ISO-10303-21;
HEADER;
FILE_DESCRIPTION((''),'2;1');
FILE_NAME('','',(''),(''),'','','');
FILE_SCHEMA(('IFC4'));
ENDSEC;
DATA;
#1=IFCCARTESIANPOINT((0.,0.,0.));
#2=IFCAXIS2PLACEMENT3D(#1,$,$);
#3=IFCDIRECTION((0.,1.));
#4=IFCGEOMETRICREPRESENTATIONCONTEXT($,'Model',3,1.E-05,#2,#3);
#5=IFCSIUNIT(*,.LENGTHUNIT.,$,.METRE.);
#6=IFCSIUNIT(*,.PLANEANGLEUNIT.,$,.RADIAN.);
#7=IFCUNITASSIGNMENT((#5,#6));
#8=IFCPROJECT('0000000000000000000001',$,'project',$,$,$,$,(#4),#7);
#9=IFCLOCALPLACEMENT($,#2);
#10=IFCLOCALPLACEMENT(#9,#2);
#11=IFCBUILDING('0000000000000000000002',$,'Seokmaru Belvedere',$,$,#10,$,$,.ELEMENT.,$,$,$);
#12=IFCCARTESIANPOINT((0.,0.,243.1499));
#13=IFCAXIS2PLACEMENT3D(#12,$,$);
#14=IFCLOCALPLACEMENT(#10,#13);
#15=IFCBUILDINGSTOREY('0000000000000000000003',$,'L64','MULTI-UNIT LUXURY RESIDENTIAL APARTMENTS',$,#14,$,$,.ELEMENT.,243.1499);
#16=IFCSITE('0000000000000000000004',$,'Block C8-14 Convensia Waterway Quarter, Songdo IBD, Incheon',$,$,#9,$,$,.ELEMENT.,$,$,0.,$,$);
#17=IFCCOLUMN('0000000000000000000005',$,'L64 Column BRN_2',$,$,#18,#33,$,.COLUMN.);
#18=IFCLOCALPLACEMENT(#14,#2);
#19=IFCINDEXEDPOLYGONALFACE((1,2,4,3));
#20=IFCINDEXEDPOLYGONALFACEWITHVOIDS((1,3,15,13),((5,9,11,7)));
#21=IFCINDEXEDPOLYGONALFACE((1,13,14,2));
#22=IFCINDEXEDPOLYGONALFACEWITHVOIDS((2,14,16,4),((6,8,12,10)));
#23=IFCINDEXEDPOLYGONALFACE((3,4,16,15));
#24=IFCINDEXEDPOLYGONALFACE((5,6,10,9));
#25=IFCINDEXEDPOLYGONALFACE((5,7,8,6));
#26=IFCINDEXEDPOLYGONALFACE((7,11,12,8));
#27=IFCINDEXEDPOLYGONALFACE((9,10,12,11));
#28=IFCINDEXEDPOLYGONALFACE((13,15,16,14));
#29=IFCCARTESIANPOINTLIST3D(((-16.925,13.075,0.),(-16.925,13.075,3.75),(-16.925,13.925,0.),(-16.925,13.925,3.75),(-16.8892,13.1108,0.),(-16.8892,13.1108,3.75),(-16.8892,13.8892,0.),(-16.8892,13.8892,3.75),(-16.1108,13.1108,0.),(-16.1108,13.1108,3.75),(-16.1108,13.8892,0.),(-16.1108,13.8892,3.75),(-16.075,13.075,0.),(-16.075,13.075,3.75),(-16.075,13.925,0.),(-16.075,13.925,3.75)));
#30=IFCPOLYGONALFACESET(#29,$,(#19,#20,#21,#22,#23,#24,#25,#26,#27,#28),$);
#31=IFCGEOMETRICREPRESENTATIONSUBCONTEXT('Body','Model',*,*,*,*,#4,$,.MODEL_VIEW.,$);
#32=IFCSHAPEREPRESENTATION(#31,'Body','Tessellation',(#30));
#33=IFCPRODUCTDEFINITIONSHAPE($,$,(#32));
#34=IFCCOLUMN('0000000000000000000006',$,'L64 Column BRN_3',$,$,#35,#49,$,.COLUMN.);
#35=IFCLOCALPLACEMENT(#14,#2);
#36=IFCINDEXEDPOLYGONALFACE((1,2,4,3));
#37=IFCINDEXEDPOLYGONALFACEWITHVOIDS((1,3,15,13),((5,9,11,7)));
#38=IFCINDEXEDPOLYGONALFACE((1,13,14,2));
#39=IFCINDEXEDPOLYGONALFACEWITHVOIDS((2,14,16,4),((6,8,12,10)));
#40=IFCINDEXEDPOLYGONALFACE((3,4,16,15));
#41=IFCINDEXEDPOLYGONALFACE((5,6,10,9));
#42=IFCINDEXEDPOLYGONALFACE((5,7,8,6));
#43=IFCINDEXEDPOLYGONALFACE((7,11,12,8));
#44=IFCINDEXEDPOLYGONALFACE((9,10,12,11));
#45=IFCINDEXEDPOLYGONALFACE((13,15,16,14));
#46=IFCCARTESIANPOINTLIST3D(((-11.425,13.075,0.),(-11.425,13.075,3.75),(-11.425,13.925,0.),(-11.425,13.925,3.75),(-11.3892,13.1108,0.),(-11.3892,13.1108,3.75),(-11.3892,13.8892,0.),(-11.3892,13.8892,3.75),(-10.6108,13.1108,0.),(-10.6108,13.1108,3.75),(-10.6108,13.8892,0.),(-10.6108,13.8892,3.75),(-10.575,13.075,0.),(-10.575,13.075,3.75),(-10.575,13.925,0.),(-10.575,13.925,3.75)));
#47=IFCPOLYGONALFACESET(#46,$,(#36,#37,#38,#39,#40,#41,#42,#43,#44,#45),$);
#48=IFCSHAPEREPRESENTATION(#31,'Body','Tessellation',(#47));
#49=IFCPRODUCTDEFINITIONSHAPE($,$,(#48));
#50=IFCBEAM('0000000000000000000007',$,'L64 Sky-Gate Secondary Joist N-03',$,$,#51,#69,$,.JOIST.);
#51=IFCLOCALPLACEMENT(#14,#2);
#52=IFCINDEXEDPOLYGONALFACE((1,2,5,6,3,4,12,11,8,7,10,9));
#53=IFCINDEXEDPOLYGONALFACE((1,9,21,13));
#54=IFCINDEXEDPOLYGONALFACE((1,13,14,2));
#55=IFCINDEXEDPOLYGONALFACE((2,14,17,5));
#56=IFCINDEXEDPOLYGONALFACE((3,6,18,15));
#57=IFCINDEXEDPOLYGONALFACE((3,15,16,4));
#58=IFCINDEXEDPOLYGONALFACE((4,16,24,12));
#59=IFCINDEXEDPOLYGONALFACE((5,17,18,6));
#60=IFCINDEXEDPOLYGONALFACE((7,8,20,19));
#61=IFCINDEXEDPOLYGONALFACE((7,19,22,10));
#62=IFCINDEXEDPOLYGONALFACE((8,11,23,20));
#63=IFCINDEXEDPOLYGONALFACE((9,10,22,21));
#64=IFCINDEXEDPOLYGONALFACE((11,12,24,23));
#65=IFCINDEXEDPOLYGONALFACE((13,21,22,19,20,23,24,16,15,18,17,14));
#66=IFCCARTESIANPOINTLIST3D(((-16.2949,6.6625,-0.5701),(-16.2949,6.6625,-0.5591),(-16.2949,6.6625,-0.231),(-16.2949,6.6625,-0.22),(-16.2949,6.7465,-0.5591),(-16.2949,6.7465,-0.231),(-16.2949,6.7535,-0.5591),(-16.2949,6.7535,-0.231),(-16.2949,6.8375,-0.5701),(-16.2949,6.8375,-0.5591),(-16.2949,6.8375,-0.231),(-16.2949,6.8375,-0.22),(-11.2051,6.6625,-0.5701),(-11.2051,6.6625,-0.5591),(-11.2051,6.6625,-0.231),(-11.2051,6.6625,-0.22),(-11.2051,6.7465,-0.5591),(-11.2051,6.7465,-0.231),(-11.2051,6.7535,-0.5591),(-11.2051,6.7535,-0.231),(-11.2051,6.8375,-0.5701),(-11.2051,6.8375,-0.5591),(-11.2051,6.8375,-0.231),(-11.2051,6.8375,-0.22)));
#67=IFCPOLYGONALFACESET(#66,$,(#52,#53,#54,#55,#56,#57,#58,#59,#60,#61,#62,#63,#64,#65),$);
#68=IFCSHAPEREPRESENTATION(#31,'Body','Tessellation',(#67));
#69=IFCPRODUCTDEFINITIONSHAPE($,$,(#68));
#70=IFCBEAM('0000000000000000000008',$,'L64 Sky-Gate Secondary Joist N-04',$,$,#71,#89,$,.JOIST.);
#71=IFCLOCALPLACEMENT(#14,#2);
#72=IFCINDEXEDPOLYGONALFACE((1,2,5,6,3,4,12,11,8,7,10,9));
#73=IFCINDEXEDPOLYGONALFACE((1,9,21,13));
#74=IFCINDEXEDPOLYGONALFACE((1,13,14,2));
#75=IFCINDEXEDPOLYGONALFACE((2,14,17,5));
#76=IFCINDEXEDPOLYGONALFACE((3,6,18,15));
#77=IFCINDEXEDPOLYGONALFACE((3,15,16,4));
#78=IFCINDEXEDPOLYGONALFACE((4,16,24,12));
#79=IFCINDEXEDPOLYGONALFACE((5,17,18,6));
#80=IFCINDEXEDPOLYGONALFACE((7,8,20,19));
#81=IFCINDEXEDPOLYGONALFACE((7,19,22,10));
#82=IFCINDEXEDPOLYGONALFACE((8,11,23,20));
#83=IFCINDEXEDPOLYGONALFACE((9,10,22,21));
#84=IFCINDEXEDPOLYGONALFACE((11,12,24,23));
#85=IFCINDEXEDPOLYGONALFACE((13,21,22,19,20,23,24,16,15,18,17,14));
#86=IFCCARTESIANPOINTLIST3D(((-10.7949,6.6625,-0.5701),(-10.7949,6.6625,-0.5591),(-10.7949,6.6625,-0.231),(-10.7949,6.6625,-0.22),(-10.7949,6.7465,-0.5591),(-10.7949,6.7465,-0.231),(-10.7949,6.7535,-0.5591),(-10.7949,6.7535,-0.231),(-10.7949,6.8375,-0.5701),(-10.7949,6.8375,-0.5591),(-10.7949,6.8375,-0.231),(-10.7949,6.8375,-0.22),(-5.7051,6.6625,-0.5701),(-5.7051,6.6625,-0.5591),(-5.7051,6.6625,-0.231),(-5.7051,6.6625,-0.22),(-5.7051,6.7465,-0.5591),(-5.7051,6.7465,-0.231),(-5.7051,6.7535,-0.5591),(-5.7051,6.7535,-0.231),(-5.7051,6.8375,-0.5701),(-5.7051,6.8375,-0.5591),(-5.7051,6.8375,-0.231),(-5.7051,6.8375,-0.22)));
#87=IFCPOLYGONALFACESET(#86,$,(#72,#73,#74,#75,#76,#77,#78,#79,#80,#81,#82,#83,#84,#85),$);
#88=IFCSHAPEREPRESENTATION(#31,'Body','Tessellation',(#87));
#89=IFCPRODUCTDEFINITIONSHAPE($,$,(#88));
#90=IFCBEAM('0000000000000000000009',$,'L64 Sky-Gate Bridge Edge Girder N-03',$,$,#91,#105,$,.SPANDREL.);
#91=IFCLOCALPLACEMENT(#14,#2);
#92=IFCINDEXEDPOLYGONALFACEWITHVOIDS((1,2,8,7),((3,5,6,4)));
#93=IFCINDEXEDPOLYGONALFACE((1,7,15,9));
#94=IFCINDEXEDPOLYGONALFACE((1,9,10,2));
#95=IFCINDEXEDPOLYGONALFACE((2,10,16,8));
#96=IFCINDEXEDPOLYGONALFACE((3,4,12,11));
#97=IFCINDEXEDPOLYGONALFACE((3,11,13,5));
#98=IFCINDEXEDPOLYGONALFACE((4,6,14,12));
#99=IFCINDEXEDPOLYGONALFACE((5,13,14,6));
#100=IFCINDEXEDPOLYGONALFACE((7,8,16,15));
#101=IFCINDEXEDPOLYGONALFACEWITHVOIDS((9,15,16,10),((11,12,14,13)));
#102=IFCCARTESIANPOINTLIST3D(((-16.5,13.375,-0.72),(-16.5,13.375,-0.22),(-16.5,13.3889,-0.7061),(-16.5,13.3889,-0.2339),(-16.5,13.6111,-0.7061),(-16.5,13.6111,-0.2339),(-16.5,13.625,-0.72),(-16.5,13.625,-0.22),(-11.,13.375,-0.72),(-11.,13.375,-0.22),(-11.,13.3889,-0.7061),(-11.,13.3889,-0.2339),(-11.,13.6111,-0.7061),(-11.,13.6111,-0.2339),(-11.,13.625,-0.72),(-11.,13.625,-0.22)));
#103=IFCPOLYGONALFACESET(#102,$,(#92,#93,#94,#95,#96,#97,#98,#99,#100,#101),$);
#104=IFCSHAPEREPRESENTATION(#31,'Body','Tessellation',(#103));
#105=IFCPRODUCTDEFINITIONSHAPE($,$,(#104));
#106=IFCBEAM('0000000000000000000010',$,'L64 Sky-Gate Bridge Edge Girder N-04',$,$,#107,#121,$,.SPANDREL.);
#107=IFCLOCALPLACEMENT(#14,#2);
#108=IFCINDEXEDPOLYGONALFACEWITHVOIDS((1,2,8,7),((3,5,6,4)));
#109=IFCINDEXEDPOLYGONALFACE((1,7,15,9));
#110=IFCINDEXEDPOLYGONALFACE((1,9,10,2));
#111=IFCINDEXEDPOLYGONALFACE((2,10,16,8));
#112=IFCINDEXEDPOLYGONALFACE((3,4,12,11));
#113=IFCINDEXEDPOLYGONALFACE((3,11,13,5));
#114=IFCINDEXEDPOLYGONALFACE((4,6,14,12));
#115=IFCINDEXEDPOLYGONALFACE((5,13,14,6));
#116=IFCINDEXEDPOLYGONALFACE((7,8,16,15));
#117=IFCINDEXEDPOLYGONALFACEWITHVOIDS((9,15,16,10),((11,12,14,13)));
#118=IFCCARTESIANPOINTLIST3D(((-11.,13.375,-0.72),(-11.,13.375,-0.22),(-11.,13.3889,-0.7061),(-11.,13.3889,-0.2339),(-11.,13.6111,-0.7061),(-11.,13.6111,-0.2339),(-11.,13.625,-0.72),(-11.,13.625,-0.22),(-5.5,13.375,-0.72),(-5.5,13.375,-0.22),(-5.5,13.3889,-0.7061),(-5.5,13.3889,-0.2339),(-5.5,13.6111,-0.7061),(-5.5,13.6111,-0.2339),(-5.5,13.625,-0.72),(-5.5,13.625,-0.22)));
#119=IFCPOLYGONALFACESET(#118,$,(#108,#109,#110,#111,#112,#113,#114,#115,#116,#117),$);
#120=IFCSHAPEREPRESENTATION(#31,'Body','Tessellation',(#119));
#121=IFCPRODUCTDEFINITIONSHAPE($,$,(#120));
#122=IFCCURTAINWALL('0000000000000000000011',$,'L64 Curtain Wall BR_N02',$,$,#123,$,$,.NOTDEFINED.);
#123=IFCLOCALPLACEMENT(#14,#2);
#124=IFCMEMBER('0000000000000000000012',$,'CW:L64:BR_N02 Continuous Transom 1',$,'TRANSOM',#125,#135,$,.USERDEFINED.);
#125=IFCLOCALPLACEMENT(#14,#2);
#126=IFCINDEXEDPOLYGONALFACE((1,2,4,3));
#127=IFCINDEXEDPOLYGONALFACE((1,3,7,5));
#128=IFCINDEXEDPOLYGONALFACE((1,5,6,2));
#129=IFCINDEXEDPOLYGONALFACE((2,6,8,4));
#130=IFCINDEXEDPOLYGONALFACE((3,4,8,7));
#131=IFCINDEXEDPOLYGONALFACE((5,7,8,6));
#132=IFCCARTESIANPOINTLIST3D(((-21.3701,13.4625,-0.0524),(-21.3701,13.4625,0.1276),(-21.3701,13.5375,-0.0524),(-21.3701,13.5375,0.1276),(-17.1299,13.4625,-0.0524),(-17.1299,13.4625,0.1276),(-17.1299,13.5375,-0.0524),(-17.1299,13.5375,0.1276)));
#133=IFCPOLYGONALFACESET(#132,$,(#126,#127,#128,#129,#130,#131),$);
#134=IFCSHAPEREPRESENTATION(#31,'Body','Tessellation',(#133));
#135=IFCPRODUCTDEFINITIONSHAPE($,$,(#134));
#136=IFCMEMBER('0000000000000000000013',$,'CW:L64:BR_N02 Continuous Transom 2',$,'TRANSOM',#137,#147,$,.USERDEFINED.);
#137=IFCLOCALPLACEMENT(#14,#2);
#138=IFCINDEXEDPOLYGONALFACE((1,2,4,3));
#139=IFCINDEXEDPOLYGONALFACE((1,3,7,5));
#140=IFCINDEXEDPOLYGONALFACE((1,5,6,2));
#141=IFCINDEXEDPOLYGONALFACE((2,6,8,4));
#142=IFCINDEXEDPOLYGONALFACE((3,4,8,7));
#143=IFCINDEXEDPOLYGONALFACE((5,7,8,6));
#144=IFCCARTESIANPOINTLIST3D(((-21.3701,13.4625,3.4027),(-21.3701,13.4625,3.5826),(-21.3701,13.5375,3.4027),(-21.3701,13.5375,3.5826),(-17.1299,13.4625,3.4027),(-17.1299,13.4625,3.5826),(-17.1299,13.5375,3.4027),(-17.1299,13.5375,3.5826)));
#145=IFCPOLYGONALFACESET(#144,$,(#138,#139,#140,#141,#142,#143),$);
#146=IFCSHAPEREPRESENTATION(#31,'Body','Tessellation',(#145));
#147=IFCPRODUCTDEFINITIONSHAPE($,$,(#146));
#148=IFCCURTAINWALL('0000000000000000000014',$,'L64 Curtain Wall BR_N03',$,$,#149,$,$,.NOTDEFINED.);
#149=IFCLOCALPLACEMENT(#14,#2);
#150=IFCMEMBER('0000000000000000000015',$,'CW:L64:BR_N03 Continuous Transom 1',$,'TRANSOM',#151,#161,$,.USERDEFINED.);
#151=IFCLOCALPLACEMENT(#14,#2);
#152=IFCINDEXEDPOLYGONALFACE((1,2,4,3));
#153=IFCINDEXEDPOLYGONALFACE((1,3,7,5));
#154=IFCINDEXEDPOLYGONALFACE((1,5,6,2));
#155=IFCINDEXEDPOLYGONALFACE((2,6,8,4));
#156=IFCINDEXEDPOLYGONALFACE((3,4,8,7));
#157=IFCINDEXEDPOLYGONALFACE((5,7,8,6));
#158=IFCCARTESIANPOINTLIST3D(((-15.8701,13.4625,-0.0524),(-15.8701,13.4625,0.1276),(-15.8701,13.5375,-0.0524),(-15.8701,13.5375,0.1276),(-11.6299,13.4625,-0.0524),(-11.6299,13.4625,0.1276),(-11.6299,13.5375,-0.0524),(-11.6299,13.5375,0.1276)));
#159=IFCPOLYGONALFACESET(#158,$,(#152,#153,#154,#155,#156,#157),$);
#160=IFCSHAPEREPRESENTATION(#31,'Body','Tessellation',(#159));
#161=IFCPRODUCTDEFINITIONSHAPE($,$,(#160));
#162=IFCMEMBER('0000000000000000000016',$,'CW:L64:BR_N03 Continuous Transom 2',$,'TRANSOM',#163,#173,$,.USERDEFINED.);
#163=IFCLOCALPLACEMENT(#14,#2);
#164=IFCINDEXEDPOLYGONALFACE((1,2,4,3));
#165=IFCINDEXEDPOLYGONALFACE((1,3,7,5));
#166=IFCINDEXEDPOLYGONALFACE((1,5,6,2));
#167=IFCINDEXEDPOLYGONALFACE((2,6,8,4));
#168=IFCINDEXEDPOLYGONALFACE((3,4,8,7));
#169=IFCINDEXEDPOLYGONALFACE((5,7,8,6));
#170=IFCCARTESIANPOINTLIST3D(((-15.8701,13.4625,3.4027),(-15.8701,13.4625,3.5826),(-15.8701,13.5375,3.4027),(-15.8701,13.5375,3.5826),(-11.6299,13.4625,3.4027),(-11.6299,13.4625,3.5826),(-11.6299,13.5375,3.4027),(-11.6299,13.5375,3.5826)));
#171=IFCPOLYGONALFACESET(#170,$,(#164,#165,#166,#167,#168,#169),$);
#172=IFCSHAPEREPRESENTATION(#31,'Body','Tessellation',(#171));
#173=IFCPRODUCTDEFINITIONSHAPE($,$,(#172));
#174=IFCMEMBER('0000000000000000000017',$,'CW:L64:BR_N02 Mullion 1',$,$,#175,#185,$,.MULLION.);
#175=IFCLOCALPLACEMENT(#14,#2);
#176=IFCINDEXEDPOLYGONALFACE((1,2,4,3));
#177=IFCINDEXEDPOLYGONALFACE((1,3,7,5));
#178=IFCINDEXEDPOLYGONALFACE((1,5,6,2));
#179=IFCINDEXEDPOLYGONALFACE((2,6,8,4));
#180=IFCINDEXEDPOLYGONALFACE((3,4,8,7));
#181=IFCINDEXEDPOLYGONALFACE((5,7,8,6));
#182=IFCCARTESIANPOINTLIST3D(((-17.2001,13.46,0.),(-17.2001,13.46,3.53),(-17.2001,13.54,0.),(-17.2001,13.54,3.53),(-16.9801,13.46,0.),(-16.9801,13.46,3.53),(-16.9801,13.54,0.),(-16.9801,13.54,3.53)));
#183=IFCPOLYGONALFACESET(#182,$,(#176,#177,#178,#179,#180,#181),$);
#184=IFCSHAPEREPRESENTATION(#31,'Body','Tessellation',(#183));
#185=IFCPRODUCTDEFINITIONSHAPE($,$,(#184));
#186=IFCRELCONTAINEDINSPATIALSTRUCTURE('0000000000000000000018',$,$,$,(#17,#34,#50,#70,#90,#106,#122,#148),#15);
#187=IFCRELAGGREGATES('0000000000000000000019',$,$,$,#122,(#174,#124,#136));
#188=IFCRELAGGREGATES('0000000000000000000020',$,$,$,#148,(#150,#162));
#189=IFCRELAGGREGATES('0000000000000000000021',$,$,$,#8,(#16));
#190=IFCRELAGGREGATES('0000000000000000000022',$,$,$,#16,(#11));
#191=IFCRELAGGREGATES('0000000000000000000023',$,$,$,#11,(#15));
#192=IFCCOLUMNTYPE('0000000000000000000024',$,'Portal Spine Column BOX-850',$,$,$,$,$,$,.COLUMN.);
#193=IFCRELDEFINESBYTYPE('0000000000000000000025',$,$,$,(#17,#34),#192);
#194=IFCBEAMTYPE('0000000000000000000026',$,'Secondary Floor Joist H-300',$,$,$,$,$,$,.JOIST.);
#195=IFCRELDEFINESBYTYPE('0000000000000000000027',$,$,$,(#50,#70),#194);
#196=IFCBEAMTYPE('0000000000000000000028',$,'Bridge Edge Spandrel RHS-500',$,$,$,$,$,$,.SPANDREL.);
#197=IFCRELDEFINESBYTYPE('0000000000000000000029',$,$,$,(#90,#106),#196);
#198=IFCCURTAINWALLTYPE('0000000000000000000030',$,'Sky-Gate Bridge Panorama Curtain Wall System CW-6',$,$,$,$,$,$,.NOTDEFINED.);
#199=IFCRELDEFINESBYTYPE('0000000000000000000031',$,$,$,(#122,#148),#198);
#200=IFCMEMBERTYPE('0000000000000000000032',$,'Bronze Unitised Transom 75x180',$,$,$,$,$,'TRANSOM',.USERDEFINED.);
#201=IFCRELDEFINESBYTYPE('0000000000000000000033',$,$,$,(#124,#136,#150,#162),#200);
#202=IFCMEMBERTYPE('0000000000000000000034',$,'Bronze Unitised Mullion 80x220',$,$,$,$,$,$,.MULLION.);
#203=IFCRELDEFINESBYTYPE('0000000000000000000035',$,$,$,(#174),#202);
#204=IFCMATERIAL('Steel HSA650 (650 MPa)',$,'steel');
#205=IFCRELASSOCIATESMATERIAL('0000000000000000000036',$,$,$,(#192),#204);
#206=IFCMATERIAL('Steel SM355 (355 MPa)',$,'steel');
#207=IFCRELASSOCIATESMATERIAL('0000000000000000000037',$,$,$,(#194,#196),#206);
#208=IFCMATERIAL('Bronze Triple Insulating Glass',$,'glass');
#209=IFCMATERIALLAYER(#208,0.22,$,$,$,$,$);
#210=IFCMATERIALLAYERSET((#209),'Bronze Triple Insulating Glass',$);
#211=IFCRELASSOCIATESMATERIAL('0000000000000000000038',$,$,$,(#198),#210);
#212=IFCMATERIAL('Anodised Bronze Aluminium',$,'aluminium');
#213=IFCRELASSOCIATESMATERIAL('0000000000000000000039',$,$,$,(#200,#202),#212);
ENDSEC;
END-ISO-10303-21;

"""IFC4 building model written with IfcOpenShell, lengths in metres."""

from ifc_helpers import new_model, si_unit, direction, frame, origin, origin_2d, place, context, subcontext, project, spatial, rectangle, hollow_rectangle, i_section, extrude, source, transform, mapped, material, layer, layer_set, material_profile, profile_set, type_object, type_shapes, element, aggregate, save


model = new_model("IFC4")

# Units and contexts
model_context = context("Model", 3, precision=1e-05, world=origin(), true_north=direction((0.0, 1.0)))
body_context = subcontext(model_context, "Body", "Model", "MODEL_VIEW")
ifc_project = project(units=[si_unit("LENGTHUNIT", "METRE"), si_unit("PLANEANGLEUNIT", "RADIAN")], contexts=[model_context])

# Site, building, storey
site_placement = place(None, origin())
site = spatial("IfcSite", under=ifc_project, at=site_placement, Name="Block C8-14 Convensia Waterway Quarter, Songdo IBD, Incheon", CompositionType="ELEMENT", RefElevation=0.0)
building_placement = place(site_placement, origin())
building = spatial("IfcBuilding", under=site, at=building_placement, Name="Seokmaru Belvedere", CompositionType="ELEMENT")
storey_placement = place(building_placement, frame((0.0, 0.0, 243.1499)))
storey = spatial("IfcBuildingStorey", under=building, at=storey_placement, Name="L64", Description="MULTI-UNIT LUXURY RESIDENTIAL APARTMENTS", CompositionType="ELEMENT", Elevation=243.1499)

# Columns
ifc_material_1 = material(Name="Steel HSA650 (650 MPa)", Category="steel")
ifc_material_profile_1 = material_profile(ifc_material_1, hollow_rectangle(XDim=0.8501, YDim=0.8501, WallThickness=0.0359, at=origin_2d()), Name="BOX-850x850x36")
ifc_profile_set_1 = profile_set([ifc_material_profile_1], Name="Steel HSA650 (650 MPa)")
column_type = type_object("IfcColumnType", Name="Portal Spine Column BOX-850", PredefinedType="COLUMN", material=ifc_profile_set_1)
shared_shape_1 = source(origin(), body_context, "Body", "SweptSolid", [
    extrude(hollow_rectangle(XDim=0.8501, YDim=0.8501, WallThickness=0.0359, at=origin_2d()), origin(), (0.0, 0.0, 1.0), 3.75),
])
type_shapes(column_type, [shared_shape_1])
for number, where, z_axis, x_axis, name in (
    (1, (-16.5, 13.5, 0.0), (0.0, 0.0, 1.0), (1.0, 0.0, 0.0), "L64 Column BRN_2"),
    (2, (-11.0, 13.5, 0.0), (0.0, 0.0, 1.0), (1.0, 0.0, 0.0), "L64 Column BRN_3"),
):
    element("IfcColumn", number, at=place(storey_placement, frame(where, z_axis=z_axis, x_axis=x_axis)), inside=storey, type_object=column_type, Name=name, PredefinedType="COLUMN", context=body_context, shape_type="MappedRepresentation", body=[
        mapped(shared_shape_1, transform((0.0, 0.0, 0.0), scale=1.0)),
    ])

# Beams
ifc_material_2 = material(Name="Steel SM355 (355 MPa)", Category="steel")
ifc_material_profile_2 = material_profile(ifc_material_2, i_section(OverallWidth=0.175, OverallDepth=0.3501, WebThickness=0.0071, FlangeThickness=0.011, at=origin_2d()), Name="H-350x175x7x11")
ifc_profile_set_2 = profile_set([ifc_material_profile_2], Name="Steel SM355 (355 MPa)")
beam_type_1 = type_object("IfcBeamType", Name="Secondary Floor Joist H-300", PredefinedType="JOIST", material=ifc_profile_set_2)
shared_shape_2 = source(origin(), body_context, "Body", "SweptSolid", [
    extrude(i_section(OverallWidth=0.175, OverallDepth=0.3501, WebThickness=0.0071, FlangeThickness=0.011, at=origin_2d()), origin(), (0.0, 0.0, 1.0), 5.0898),
])
type_shapes(beam_type_1, [shared_shape_2])
for number, where, z_axis, x_axis, name in (
    (3, (-16.2949, 6.75, -0.395), (1.0, 0.0, 0.0), (0.0, 1.0, 0.0), "L64 Sky-Gate Secondary Joist N-03"),
    (4, (-10.7949, 6.75, -0.395), (1.0, 0.0, 0.0), (0.0, 1.0, 0.0), "L64 Sky-Gate Secondary Joist N-04"),
):
    element("IfcBeam", number, at=place(storey_placement, frame(where, z_axis=z_axis, x_axis=x_axis)), inside=storey, type_object=beam_type_1, Name=name, PredefinedType="JOIST", context=body_context, shape_type="MappedRepresentation", body=[
        mapped(shared_shape_2, transform((0.0, 0.0, 0.0), scale=1.0)),
    ])
ifc_material_profile_3 = material_profile(ifc_material_2, hollow_rectangle(XDim=0.25, YDim=0.5, WallThickness=0.0139, at=origin_2d()), Name="RHS-500x250x14")
ifc_profile_set_3 = profile_set([ifc_material_profile_3], Name="Steel SM355 (355 MPa)")
beam_type_2 = type_object("IfcBeamType", Name="Bridge Edge Spandrel RHS-500", PredefinedType="SPANDREL", material=ifc_profile_set_3)
shared_shape_3 = source(origin(), body_context, "Body", "SweptSolid", [
    extrude(hollow_rectangle(XDim=0.25, YDim=0.5, WallThickness=0.0139, at=origin_2d()), origin(), (0.0, 0.0, 1.0), 5.5),
])
type_shapes(beam_type_2, [shared_shape_3])
for number, where, z_axis, x_axis, name in (
    (5, (-16.5, 13.5, -0.47), (1.0, 0.0, 0.0), (0.0, 1.0, 0.0), "L64 Sky-Gate Bridge Edge Girder N-03"),
    (6, (-11.0, 13.5, -0.47), (1.0, 0.0, 0.0), (0.0, 1.0, 0.0), "L64 Sky-Gate Bridge Edge Girder N-04"),
):
    element("IfcBeam", number, at=place(storey_placement, frame(where, z_axis=z_axis, x_axis=x_axis)), inside=storey, type_object=beam_type_2, Name=name, PredefinedType="SPANDREL", context=body_context, shape_type="MappedRepresentation", body=[
        mapped(shared_shape_3, transform((0.0, 0.0, 0.0), scale=1.0)),
    ])

# Curtain walls, members
ifc_material_3 = material(Name="Bronze Triple Insulating Glass", Category="glass")
ifc_layer_1 = layer(ifc_material_3, 0.22)
ifc_layer_set_1 = layer_set([ifc_layer_1], Name="Bronze Triple Insulating Glass")
curtain_wall_type = type_object("IfcCurtainWallType", Name="Sky-Gate Bridge Panorama Curtain Wall System CW-6", PredefinedType="NOTDEFINED", material=ifc_layer_set_1)
curtain_wall_1_placement = place(storey_placement, origin())
curtain_wall_1 = element("IfcCurtainWall", 7, at=curtain_wall_1_placement, inside=storey, type_object=curtain_wall_type, Name="L64 Curtain Wall BR_N02", PredefinedType="NOTDEFINED")
ifc_material_4 = material(Name="Anodised Bronze Aluminium", Category="aluminium")
ifc_material_profile_4 = material_profile(ifc_material_4, rectangle(XDim=0.075, YDim=0.1799, at=origin_2d()), Name="CW-T-75x180")
ifc_profile_set_4 = profile_set([ifc_material_profile_4], Name="Anodised Bronze Aluminium")
member_type_1 = type_object("IfcMemberType", Name="Bronze Unitised Transom 75x180", ElementType="TRANSOM", PredefinedType="USERDEFINED", material=ifc_profile_set_4)
shared_shape_4 = source(origin(), body_context, "Body", "SweptSolid", [
    extrude(rectangle(XDim=0.075, YDim=0.1799, at=origin_2d()), origin(), (0.0, 0.0, 1.0), 4.2402),
])
type_shapes(member_type_1, [shared_shape_4])
member_1_placement = place(storey_placement, frame((-17.1299, 13.5, 0.0376), z_axis=(-1.0, 0.0, 0.0), x_axis=(0.0, -1.0, 0.0)))
member_1 = element("IfcMember", 8, at=member_1_placement, type_object=member_type_1, Name="CW:L64:BR_N02 Continuous Transom 1", ObjectType="TRANSOM", PredefinedType="USERDEFINED", context=body_context, shape_type="MappedRepresentation", body=[
    mapped(shared_shape_4, transform((0.0, 0.0, 0.0), scale=1.0)),
])
member_2_placement = place(storey_placement, frame((-17.1299, 13.5, 3.4927), z_axis=(-1.0, 0.0, 0.0), x_axis=(0.0, -1.0, 0.0)))
member_2 = element("IfcMember", 9, at=member_2_placement, type_object=member_type_1, Name="CW:L64:BR_N02 Continuous Transom 2", ObjectType="TRANSOM", PredefinedType="USERDEFINED", context=body_context, shape_type="MappedRepresentation", body=[
    mapped(shared_shape_4, transform((0.0, 0.0, 0.0), scale=1.0)),
])
curtain_wall_2_placement = place(storey_placement, origin())
curtain_wall_2 = element("IfcCurtainWall", 10, at=curtain_wall_2_placement, inside=storey, type_object=curtain_wall_type, Name="L64 Curtain Wall BR_N03", PredefinedType="NOTDEFINED")
member_3_placement = place(storey_placement, frame((-11.6299, 13.5, 0.0376), z_axis=(-1.0, 0.0, 0.0), x_axis=(0.0, -1.0, 0.0)))
member_3 = element("IfcMember", 11, at=member_3_placement, type_object=member_type_1, Name="CW:L64:BR_N03 Continuous Transom 1", ObjectType="TRANSOM", PredefinedType="USERDEFINED", context=body_context, shape_type="MappedRepresentation", body=[
    mapped(shared_shape_4, transform((0.0, 0.0, 0.0), scale=1.0)),
])
member_4_placement = place(storey_placement, frame((-11.6299, 13.5, 3.4927), z_axis=(-1.0, 0.0, 0.0), x_axis=(0.0, -1.0, 0.0)))
member_4 = element("IfcMember", 12, at=member_4_placement, type_object=member_type_1, Name="CW:L64:BR_N03 Continuous Transom 2", ObjectType="TRANSOM", PredefinedType="USERDEFINED", context=body_context, shape_type="MappedRepresentation", body=[
    mapped(shared_shape_4, transform((0.0, 0.0, 0.0), scale=1.0)),
])

# Member
ifc_material_profile_5 = material_profile(ifc_material_4, rectangle(XDim=0.0801, YDim=0.22, at=origin_2d()), Name="CW-M-80x220")
ifc_profile_set_5 = profile_set([ifc_material_profile_5], Name="Anodised Bronze Aluminium")
member_type_2 = type_object("IfcMemberType", Name="Bronze Unitised Mullion 80x220", PredefinedType="MULLION", material=ifc_profile_set_5)
shared_shape_5 = source(origin(), body_context, "Body", "SweptSolid", [
    extrude(rectangle(XDim=0.0801, YDim=0.22, at=origin_2d()), origin(), (0.0, 0.0, 1.0), 3.53),
])
type_shapes(member_type_2, [shared_shape_5])
member_5_placement = place(storey_placement, frame((-17.0901, 13.5, 0.0), z_axis=(0.0, 0.0, 1.0), x_axis=(0.0, -1.0, 0.0)))
member_5 = element("IfcMember", 13, at=member_5_placement, type_object=member_type_2, Name="CW:L64:BR_N02 Mullion 1", PredefinedType="MULLION", context=body_context, shape_type="MappedRepresentation", body=[
    mapped(shared_shape_5, transform((0.0, 0.0, 0.0), scale=1.0)),
])

aggregate(curtain_wall_1, [member_5, member_1, member_2])
aggregate(curtain_wall_2, [member_3, member_4])

save(model, "model.ifc")
